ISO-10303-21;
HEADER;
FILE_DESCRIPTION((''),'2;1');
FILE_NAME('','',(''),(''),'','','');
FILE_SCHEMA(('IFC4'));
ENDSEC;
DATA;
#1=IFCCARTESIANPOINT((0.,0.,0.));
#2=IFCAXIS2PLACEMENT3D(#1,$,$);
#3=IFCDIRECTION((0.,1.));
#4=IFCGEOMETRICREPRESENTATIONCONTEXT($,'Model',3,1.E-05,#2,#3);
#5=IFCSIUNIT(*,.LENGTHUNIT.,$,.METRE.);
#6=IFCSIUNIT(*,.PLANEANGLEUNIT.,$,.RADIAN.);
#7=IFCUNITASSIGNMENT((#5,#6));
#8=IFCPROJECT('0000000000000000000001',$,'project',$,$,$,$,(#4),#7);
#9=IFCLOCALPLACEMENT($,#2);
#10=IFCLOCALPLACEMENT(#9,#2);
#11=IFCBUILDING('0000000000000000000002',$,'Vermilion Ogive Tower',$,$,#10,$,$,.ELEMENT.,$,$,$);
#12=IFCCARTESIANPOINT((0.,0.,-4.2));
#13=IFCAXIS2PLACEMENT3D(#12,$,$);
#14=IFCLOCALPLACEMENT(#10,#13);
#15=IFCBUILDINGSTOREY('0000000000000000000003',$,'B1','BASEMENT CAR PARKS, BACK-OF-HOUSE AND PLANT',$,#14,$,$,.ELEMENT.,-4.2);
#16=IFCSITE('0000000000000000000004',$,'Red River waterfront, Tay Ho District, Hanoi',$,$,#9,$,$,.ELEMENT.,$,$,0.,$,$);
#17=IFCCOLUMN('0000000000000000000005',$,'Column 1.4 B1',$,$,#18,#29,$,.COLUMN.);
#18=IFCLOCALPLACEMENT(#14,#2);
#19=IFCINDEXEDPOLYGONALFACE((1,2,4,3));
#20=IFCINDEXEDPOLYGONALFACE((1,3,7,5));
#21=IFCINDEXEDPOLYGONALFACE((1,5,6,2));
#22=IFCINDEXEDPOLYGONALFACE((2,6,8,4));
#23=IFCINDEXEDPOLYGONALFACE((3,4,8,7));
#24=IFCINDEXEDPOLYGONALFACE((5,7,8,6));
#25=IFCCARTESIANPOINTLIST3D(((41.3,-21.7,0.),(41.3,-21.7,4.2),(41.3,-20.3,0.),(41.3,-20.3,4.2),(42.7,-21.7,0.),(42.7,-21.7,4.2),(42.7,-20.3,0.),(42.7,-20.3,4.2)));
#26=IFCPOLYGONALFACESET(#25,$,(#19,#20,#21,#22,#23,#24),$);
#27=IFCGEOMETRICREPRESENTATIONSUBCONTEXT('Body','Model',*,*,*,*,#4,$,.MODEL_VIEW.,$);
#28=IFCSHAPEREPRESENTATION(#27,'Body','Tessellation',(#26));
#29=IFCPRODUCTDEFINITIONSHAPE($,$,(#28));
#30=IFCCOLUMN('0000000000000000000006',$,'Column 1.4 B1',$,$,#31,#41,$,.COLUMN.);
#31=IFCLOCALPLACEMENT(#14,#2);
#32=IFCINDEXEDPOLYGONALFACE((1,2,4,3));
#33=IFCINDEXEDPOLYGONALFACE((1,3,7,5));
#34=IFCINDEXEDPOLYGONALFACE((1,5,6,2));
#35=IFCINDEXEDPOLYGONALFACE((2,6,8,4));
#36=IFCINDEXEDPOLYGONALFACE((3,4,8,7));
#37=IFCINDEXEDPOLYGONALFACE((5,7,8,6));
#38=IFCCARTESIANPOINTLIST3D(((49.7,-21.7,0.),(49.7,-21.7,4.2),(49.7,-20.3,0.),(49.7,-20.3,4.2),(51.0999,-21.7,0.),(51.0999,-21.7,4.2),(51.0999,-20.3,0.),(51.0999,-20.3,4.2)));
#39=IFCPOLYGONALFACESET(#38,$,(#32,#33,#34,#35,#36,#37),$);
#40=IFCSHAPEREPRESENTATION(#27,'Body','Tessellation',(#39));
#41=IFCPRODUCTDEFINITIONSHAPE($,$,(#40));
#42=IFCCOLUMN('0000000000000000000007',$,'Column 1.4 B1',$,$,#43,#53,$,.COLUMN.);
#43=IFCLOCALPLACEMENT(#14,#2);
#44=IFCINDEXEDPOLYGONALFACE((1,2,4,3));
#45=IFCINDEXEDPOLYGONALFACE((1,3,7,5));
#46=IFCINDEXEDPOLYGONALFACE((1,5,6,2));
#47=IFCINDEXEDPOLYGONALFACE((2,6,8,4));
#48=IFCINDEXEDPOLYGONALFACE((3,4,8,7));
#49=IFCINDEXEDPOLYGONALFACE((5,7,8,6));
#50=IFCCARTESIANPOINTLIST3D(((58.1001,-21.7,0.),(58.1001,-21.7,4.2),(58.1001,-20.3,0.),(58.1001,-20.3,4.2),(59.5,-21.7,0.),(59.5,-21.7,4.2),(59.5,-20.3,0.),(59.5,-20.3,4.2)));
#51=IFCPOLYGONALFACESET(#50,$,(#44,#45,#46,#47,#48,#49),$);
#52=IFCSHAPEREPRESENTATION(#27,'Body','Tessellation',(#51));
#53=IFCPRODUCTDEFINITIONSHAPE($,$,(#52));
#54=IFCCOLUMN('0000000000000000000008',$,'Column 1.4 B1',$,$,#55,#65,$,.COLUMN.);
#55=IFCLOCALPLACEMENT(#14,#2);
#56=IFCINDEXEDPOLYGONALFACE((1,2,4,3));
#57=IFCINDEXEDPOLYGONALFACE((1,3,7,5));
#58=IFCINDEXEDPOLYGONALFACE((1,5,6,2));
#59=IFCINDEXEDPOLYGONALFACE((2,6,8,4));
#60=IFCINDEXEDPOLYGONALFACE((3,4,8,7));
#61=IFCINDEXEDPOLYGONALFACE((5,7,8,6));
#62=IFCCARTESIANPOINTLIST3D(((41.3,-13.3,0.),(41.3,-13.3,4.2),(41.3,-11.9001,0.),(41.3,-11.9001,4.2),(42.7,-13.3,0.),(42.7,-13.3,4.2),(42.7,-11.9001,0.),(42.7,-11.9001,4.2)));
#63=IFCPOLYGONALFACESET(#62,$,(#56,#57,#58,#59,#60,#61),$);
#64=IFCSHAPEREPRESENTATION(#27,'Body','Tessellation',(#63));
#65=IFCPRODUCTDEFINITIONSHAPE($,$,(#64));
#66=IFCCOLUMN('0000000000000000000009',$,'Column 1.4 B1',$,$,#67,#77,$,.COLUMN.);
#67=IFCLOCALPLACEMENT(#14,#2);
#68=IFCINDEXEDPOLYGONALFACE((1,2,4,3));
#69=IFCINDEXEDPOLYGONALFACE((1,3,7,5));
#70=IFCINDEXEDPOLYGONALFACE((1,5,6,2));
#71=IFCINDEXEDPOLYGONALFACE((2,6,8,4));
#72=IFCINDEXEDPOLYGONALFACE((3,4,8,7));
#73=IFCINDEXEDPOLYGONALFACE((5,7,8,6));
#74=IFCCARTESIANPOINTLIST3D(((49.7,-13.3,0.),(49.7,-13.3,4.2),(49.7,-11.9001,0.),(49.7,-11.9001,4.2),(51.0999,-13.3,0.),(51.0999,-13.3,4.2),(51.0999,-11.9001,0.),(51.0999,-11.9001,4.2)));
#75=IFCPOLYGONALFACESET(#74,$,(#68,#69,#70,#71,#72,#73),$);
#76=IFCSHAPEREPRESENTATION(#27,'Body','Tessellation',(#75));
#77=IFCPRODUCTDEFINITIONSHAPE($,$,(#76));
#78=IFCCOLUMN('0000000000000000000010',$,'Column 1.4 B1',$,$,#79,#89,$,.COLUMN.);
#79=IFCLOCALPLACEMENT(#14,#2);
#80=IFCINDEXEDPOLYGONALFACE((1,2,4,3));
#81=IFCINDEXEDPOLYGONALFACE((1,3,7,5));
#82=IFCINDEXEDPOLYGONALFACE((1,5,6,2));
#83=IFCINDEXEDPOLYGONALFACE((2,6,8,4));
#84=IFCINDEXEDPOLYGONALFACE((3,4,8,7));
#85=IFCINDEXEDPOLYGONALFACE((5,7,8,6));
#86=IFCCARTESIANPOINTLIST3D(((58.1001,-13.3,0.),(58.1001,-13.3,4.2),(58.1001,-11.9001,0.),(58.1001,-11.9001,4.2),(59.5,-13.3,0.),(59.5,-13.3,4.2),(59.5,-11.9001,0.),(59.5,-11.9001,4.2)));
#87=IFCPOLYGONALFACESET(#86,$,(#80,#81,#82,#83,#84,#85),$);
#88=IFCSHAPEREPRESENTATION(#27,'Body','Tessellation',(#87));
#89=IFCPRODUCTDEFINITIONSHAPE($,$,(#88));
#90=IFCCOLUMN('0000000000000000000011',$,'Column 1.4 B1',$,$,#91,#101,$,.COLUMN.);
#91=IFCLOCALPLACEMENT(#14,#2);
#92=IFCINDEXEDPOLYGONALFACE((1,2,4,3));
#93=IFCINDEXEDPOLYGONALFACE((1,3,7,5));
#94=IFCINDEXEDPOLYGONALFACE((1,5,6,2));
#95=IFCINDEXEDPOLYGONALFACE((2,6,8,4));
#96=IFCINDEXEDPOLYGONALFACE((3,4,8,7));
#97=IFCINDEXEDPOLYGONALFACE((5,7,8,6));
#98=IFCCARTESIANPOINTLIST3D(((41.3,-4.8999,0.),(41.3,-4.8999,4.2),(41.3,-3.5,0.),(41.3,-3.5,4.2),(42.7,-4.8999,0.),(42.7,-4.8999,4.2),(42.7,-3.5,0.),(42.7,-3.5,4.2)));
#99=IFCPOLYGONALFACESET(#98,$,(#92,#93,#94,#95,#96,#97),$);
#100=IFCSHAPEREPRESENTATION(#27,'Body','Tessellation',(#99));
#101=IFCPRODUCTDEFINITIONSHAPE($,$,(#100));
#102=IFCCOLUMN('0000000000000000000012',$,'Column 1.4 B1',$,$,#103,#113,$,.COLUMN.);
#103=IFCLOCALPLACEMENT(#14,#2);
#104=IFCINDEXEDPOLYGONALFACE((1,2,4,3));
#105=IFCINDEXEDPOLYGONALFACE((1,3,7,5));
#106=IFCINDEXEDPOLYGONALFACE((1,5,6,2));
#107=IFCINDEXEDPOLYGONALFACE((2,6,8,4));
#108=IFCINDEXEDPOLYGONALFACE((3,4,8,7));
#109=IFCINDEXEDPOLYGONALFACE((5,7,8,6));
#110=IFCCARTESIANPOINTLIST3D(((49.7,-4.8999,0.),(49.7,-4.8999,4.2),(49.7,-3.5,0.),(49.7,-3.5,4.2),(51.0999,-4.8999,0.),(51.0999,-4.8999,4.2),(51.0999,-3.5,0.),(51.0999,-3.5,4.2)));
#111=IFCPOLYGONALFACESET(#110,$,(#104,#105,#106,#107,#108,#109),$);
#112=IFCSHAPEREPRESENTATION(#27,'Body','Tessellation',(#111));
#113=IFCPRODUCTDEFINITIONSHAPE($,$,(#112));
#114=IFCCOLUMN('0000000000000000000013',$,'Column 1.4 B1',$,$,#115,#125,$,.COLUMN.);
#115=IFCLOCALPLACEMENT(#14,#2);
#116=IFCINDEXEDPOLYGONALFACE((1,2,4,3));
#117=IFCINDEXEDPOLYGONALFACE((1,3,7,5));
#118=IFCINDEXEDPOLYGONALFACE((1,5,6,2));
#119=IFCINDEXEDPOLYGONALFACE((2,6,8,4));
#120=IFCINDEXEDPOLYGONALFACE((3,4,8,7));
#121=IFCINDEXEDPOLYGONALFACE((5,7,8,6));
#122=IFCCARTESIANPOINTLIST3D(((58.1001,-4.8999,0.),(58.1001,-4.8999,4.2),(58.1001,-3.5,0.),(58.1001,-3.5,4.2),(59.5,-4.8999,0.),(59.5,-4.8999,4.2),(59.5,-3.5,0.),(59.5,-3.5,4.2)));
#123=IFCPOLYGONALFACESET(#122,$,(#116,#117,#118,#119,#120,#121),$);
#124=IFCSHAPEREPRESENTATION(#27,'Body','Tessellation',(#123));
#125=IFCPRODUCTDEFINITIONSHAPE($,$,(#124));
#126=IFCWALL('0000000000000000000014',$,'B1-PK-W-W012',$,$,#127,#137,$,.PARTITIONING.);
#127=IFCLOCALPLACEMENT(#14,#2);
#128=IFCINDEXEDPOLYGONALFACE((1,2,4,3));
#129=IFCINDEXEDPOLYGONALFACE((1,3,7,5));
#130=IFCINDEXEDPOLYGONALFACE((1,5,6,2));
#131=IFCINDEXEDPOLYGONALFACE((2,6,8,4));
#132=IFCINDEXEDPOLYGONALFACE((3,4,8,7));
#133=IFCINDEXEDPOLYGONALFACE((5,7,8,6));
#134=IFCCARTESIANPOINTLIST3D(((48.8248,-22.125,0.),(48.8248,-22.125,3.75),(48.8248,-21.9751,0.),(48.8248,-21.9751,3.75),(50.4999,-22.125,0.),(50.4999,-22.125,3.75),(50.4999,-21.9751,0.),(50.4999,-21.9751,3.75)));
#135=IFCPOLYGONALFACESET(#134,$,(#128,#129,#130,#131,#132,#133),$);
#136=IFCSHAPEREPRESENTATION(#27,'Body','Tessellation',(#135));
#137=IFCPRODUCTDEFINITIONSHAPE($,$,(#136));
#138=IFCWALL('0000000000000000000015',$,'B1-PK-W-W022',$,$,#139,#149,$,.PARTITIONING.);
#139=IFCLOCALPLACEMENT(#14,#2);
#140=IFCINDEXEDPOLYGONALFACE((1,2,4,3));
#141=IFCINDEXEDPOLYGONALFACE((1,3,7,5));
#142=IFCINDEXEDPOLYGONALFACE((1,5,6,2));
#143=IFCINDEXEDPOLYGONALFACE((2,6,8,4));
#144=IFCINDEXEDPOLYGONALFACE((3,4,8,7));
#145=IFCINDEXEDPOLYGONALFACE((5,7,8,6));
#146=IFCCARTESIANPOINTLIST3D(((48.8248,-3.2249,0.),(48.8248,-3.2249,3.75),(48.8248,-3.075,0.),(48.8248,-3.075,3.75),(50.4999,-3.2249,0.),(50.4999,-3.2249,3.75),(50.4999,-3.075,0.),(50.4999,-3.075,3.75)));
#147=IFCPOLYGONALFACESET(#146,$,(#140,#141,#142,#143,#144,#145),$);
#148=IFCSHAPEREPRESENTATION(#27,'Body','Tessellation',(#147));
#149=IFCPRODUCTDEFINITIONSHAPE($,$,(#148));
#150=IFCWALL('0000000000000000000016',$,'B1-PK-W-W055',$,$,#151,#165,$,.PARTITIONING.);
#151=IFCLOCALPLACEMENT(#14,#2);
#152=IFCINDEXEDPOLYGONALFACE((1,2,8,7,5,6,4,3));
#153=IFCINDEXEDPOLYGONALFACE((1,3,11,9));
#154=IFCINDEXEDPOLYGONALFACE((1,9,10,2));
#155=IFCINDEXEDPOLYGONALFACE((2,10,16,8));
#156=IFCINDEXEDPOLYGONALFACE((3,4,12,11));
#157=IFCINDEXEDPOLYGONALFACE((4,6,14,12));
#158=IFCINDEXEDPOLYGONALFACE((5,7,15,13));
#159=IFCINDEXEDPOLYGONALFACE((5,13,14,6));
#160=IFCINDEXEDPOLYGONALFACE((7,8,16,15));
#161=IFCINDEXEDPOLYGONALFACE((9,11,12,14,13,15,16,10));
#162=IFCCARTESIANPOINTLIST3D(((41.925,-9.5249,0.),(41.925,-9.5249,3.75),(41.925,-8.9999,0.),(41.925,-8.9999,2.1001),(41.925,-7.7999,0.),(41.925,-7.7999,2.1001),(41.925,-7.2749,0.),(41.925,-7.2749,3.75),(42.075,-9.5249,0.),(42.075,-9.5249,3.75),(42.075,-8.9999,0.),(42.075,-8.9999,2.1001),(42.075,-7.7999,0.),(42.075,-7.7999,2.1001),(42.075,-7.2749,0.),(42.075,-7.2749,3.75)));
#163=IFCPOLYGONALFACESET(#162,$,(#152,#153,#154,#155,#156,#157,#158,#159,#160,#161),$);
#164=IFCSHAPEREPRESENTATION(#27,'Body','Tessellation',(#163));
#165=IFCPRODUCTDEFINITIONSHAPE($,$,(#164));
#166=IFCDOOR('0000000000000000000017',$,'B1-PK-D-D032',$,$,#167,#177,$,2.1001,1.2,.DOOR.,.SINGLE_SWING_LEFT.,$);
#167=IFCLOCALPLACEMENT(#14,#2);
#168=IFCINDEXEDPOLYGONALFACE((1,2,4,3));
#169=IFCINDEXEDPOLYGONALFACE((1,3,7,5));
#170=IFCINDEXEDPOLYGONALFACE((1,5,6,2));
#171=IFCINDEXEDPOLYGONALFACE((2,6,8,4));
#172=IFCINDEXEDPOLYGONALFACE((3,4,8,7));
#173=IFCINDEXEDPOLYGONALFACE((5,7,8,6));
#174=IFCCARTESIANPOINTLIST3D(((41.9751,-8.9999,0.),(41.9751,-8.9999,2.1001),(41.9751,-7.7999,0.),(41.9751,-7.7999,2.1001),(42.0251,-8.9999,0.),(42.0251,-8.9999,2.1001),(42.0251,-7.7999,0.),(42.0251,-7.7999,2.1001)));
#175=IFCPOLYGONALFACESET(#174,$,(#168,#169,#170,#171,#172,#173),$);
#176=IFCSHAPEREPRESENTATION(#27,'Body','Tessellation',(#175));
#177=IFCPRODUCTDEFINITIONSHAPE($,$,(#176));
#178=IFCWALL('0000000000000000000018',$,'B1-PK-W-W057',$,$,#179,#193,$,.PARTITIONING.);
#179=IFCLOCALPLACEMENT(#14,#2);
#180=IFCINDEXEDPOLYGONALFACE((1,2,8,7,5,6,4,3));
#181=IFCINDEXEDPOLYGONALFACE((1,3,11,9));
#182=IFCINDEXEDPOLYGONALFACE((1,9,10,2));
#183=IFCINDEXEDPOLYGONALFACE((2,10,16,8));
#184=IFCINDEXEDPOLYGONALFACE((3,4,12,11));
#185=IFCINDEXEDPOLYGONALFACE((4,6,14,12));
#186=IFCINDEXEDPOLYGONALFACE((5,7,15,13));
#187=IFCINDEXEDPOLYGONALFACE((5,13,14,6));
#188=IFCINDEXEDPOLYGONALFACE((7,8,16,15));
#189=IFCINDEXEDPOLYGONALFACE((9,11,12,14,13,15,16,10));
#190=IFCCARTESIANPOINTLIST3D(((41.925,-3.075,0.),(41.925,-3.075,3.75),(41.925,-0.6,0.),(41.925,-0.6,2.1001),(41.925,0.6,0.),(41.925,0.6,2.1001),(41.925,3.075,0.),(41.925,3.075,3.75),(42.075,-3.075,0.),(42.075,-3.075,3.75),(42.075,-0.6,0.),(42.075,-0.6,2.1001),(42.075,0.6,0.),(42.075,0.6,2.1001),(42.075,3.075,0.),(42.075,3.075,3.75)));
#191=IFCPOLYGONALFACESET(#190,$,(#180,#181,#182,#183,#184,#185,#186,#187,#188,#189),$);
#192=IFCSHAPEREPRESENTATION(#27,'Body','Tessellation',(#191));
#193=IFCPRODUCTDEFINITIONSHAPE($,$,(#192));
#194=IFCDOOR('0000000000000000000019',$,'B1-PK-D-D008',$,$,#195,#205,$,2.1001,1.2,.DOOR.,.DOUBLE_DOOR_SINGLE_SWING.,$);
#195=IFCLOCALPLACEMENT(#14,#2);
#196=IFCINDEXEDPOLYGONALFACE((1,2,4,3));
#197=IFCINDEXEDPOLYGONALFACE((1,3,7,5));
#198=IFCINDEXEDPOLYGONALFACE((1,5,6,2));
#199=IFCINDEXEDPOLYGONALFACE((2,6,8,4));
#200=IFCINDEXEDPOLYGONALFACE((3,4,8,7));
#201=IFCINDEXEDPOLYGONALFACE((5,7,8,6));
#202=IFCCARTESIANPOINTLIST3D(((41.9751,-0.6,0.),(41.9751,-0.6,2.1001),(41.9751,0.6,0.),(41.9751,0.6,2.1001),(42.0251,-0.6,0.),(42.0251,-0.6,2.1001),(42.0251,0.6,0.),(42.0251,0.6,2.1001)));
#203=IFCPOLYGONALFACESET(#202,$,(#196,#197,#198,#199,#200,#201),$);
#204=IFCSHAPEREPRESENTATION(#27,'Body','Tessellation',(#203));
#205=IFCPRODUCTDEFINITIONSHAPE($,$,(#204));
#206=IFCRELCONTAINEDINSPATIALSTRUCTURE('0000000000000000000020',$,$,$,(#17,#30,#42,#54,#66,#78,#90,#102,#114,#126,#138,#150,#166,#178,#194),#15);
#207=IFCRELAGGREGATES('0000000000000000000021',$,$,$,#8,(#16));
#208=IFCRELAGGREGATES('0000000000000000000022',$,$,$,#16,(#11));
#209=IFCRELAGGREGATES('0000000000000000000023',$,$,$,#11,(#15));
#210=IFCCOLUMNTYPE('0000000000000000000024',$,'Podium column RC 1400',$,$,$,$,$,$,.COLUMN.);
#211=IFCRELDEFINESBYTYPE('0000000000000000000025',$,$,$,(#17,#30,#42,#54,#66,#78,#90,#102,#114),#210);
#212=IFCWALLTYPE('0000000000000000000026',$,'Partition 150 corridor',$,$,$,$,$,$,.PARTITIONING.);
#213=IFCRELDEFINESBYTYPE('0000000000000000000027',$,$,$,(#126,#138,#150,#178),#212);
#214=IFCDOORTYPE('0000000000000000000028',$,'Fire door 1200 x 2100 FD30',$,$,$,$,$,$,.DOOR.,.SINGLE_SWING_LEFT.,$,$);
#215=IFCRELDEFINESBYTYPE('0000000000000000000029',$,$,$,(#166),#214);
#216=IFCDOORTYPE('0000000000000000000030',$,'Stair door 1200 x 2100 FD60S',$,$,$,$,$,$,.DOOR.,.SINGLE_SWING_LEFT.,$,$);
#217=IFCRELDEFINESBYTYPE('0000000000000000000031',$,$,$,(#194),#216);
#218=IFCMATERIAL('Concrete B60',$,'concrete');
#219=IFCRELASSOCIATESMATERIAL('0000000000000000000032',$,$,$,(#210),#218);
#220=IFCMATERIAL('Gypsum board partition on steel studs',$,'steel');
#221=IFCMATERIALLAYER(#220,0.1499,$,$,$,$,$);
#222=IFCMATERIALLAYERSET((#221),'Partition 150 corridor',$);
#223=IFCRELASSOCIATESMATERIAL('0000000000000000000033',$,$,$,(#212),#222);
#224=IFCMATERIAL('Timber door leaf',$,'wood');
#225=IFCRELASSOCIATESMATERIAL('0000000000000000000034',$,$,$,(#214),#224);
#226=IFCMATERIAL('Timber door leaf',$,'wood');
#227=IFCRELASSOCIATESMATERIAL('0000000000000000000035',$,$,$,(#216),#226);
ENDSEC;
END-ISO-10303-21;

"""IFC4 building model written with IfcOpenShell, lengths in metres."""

from ifc_helpers import new_model, si_unit, direction, frame, frame_2d, origin, origin_2d, place, context, subcontext, project, spatial, rectangle, extrude, material, layer, layer_set, material_profile, profile_set, type_object, element, fill, save


model = new_model("IFC4")

# Units and contexts
model_context = context("Model", 3, precision=1e-05, world=origin(), true_north=direction((0.0, 1.0)))
body_context = subcontext(model_context, "Body", "Model", "MODEL_VIEW")
ifc_project = project(units=[si_unit("LENGTHUNIT", "METRE"), si_unit("PLANEANGLEUNIT", "RADIAN")], contexts=[model_context])

# Site, building, storey
site_placement = place(None, origin())
site = spatial("IfcSite", under=ifc_project, at=site_placement, Name="Red River waterfront, Tay Ho District, Hanoi", CompositionType="ELEMENT", RefElevation=0.0)
building_placement = place(site_placement, origin())
building = spatial("IfcBuilding", under=site, at=building_placement, Name="Vermilion Ogive Tower", CompositionType="ELEMENT")
storey_placement = place(building_placement, frame((0.0, 0.0, -4.2)))
storey = spatial("IfcBuildingStorey", under=building, at=storey_placement, Name="B1", Description="BASEMENT CAR PARKS, BACK-OF-HOUSE AND PLANT", CompositionType="ELEMENT", Elevation=-4.2)

# Columns
ifc_material_1 = material(Name="Concrete B60", Category="concrete")
ifc_material_profile = material_profile(ifc_material_1, rectangle(XDim=1.3999, YDim=1.3999, at=origin_2d()), Name="RC 1400x1400")
ifc_profile_set = profile_set([ifc_material_profile], Name="Concrete B60")
column_type = type_object("IfcColumnType", Name="Podium column RC 1400", PredefinedType="COLUMN", material=ifc_profile_set)
for number, where, z_axis, x_axis, name in (
    (1, (42.0, -21.0, 0.0), (0.0, 0.0, 1.0), (1.0, 0.0, 0.0), "Column 1.4 B1"),
    (2, (50.3999, -21.0, 0.0), (0.0, 0.0, 1.0), (1.0, 0.0, 0.0), "Column 1.4 B1"),
    (3, (58.8, -21.0, 0.0), (0.0, 0.0, 1.0), (1.0, 0.0, 0.0), "Column 1.4 B1"),
    (4, (42.0, -12.6001, 0.0), (0.0, 0.0, 1.0), (1.0, 0.0, 0.0), "Column 1.4 B1"),
    (5, (50.3999, -12.6001, 0.0), (0.0, 0.0, 1.0), (1.0, 0.0, 0.0), "Column 1.4 B1"),
    (6, (58.8, -12.6001, 0.0), (0.0, 0.0, 1.0), (1.0, 0.0, 0.0), "Column 1.4 B1"),
    (7, (42.0, -4.2, 0.0), (0.0, 0.0, 1.0), (1.0, 0.0, 0.0), "Column 1.4 B1"),
    (8, (50.3999, -4.2, 0.0), (0.0, 0.0, 1.0), (1.0, 0.0, 0.0), "Column 1.4 B1"),
    (9, (58.8, -4.2, 0.0), (0.0, 0.0, 1.0), (1.0, 0.0, 0.0), "Column 1.4 B1"),
):
    element("IfcColumn", number, at=place(storey_placement, frame(where, z_axis=z_axis, x_axis=x_axis)), inside=storey, type_object=column_type, Name=name, PredefinedType="COLUMN", context=body_context, shape_type="SweptSolid", body=[
        extrude(rectangle(XDim=1.3999, YDim=1.3999, at=origin_2d()), origin(), (0.0, 0.0, 1.0), 4.2),
    ])

# Walls
ifc_material_2 = material(Name="Gypsum board partition on steel studs", Category="steel")
ifc_layer_1 = layer(ifc_material_2, 0.1499)
ifc_layer_set_1 = layer_set([ifc_layer_1], Name="Partition 150 corridor")
wall_type_1 = type_object("IfcWallType", Name="Partition 150 corridor", PredefinedType="PARTITIONING", material=ifc_layer_set_1)
for number, where, z_axis, x_axis, name in (
    (10, (48.825, -22.05, 0.0), (0.0, 0.0, 1.0), (1.0, 0.0, 0.0), "B1-PK-W-W012"),
    (11, (48.825, -3.1499, 0.0), (0.0, 0.0, 1.0), (1.0, 0.0, 0.0), "B1-PK-W-W022"),
):
    element("IfcWall", number, at=place(storey_placement, frame(where, z_axis=z_axis, x_axis=x_axis)), inside=storey, type_object=wall_type_1, Name=name, PredefinedType="PARTITIONING", context=body_context, shape_type="SweptSolid", body=[
        extrude(rectangle(XDim=1.675, YDim=0.1499, at=frame_2d((0.8374, 0.0))), origin(), (0.0, 0.0, 1.0), 3.75),
    ])

# Walls, openings, doors
wall_1_placement = place(storey_placement, frame((42.0, -9.5249, 0.0), z_axis=(0.0, 0.0, 1.0), x_axis=(0.0, 1.0, 0.0)))
wall_1 = element("IfcWall", 12, at=wall_1_placement, inside=storey, type_object=wall_type_1, Name="B1-PK-W-W055", PredefinedType="PARTITIONING", context=body_context, shape_type="SweptSolid", body=[
    extrude(rectangle(XDim=2.25, YDim=0.1499, at=frame_2d((1.125, 0.0))), origin(), (0.0, 0.0, 1.0), 3.75),
])
opening_1_placement = place(wall_1_placement, frame((0.5249, 0.0, 0.0)))
opening_1 = element("IfcOpeningElement", 13, at=opening_1_placement, cuts=wall_1, PredefinedType="OPENING", context=body_context, shape_type="SweptSolid", body=[
    extrude(rectangle(XDim=1.2, YDim=2.1001, at=frame_2d((0.6001, 1.05))), frame((0.0, 0.085, 0.0), z_axis=(0.0, -1.0, 0.0), x_axis=(1.0, 0.0, 0.0)), (0.0, 0.0, 1.0), 0.1699),
])
ifc_material_3 = material(Name="Timber door leaf", Category="wood")
door_type_1 = type_object("IfcDoorType", Name="Fire door 1200 x 2100 FD30", OperationType="SINGLE_SWING_LEFT", PredefinedType="DOOR", material=ifc_material_3)
door_1_placement = place(opening_1_placement, origin())
door_1 = element("IfcDoor", 14, at=door_1_placement, inside=storey, type_object=door_type_1, Name="B1-PK-D-D032", OperationType="SINGLE_SWING_LEFT", OverallHeight=2.1001, OverallWidth=1.2, PredefinedType="DOOR", context=body_context, shape_type="SweptSolid", body=[
    extrude(rectangle(XDim=1.2, YDim=2.1001, at=frame_2d((0.6001, 1.05))), frame((0.0, 0.0249, 0.0), z_axis=(0.0, -1.0, 0.0), x_axis=(1.0, 0.0, 0.0)), (0.0, 0.0, 1.0), 0.05),
])
fill(opening_1, door_1)
wall_2_placement = place(storey_placement, frame((42.0, -3.075, 0.0), z_axis=(0.0, 0.0, 1.0), x_axis=(0.0, 1.0, 0.0)))
wall_2 = element("IfcWall", 15, at=wall_2_placement, inside=storey, type_object=wall_type_1, Name="B1-PK-W-W057", PredefinedType="PARTITIONING", context=body_context, shape_type="SweptSolid", body=[
    extrude(rectangle(XDim=6.1499, YDim=0.1499, at=frame_2d((3.075, 0.0))), origin(), (0.0, 0.0, 1.0), 3.75),
])
opening_2_placement = place(wall_2_placement, frame((2.4749, 0.0, 0.0)))
opening_2 = element("IfcOpeningElement", 16, at=opening_2_placement, cuts=wall_2, PredefinedType="OPENING", context=body_context, shape_type="SweptSolid", body=[
    extrude(rectangle(XDim=1.2, YDim=2.1001, at=frame_2d((0.6001, 1.05))), frame((0.0, 0.085, 0.0), z_axis=(0.0, -1.0, 0.0), x_axis=(1.0, 0.0, 0.0)), (0.0, 0.0, 1.0), 0.1699),
])
ifc_material_4 = material(Name="Timber door leaf", Category="wood")
door_type_2 = type_object("IfcDoorType", Name="Stair door 1200 x 2100 FD60S", OperationType="SINGLE_SWING_LEFT", PredefinedType="DOOR", material=ifc_material_4)
door_2_placement = place(opening_2_placement, origin())
door_2 = element("IfcDoor", 17, at=door_2_placement, inside=storey, type_object=door_type_2, Name="B1-PK-D-D008", OperationType="DOUBLE_DOOR_SINGLE_SWING", OverallHeight=2.1001, OverallWidth=1.2, PredefinedType="DOOR", context=body_context, shape_type="SweptSolid", body=[
    extrude(rectangle(XDim=1.2, YDim=2.1001, at=frame_2d((0.6001, 1.05))), frame((0.0, 0.0249, 0.0), z_axis=(0.0, -1.0, 0.0), x_axis=(1.0, 0.0, 0.0)), (0.0, 0.0, 1.0), 0.05),
])
fill(opening_2, door_2)

save(model, "model.ifc")
